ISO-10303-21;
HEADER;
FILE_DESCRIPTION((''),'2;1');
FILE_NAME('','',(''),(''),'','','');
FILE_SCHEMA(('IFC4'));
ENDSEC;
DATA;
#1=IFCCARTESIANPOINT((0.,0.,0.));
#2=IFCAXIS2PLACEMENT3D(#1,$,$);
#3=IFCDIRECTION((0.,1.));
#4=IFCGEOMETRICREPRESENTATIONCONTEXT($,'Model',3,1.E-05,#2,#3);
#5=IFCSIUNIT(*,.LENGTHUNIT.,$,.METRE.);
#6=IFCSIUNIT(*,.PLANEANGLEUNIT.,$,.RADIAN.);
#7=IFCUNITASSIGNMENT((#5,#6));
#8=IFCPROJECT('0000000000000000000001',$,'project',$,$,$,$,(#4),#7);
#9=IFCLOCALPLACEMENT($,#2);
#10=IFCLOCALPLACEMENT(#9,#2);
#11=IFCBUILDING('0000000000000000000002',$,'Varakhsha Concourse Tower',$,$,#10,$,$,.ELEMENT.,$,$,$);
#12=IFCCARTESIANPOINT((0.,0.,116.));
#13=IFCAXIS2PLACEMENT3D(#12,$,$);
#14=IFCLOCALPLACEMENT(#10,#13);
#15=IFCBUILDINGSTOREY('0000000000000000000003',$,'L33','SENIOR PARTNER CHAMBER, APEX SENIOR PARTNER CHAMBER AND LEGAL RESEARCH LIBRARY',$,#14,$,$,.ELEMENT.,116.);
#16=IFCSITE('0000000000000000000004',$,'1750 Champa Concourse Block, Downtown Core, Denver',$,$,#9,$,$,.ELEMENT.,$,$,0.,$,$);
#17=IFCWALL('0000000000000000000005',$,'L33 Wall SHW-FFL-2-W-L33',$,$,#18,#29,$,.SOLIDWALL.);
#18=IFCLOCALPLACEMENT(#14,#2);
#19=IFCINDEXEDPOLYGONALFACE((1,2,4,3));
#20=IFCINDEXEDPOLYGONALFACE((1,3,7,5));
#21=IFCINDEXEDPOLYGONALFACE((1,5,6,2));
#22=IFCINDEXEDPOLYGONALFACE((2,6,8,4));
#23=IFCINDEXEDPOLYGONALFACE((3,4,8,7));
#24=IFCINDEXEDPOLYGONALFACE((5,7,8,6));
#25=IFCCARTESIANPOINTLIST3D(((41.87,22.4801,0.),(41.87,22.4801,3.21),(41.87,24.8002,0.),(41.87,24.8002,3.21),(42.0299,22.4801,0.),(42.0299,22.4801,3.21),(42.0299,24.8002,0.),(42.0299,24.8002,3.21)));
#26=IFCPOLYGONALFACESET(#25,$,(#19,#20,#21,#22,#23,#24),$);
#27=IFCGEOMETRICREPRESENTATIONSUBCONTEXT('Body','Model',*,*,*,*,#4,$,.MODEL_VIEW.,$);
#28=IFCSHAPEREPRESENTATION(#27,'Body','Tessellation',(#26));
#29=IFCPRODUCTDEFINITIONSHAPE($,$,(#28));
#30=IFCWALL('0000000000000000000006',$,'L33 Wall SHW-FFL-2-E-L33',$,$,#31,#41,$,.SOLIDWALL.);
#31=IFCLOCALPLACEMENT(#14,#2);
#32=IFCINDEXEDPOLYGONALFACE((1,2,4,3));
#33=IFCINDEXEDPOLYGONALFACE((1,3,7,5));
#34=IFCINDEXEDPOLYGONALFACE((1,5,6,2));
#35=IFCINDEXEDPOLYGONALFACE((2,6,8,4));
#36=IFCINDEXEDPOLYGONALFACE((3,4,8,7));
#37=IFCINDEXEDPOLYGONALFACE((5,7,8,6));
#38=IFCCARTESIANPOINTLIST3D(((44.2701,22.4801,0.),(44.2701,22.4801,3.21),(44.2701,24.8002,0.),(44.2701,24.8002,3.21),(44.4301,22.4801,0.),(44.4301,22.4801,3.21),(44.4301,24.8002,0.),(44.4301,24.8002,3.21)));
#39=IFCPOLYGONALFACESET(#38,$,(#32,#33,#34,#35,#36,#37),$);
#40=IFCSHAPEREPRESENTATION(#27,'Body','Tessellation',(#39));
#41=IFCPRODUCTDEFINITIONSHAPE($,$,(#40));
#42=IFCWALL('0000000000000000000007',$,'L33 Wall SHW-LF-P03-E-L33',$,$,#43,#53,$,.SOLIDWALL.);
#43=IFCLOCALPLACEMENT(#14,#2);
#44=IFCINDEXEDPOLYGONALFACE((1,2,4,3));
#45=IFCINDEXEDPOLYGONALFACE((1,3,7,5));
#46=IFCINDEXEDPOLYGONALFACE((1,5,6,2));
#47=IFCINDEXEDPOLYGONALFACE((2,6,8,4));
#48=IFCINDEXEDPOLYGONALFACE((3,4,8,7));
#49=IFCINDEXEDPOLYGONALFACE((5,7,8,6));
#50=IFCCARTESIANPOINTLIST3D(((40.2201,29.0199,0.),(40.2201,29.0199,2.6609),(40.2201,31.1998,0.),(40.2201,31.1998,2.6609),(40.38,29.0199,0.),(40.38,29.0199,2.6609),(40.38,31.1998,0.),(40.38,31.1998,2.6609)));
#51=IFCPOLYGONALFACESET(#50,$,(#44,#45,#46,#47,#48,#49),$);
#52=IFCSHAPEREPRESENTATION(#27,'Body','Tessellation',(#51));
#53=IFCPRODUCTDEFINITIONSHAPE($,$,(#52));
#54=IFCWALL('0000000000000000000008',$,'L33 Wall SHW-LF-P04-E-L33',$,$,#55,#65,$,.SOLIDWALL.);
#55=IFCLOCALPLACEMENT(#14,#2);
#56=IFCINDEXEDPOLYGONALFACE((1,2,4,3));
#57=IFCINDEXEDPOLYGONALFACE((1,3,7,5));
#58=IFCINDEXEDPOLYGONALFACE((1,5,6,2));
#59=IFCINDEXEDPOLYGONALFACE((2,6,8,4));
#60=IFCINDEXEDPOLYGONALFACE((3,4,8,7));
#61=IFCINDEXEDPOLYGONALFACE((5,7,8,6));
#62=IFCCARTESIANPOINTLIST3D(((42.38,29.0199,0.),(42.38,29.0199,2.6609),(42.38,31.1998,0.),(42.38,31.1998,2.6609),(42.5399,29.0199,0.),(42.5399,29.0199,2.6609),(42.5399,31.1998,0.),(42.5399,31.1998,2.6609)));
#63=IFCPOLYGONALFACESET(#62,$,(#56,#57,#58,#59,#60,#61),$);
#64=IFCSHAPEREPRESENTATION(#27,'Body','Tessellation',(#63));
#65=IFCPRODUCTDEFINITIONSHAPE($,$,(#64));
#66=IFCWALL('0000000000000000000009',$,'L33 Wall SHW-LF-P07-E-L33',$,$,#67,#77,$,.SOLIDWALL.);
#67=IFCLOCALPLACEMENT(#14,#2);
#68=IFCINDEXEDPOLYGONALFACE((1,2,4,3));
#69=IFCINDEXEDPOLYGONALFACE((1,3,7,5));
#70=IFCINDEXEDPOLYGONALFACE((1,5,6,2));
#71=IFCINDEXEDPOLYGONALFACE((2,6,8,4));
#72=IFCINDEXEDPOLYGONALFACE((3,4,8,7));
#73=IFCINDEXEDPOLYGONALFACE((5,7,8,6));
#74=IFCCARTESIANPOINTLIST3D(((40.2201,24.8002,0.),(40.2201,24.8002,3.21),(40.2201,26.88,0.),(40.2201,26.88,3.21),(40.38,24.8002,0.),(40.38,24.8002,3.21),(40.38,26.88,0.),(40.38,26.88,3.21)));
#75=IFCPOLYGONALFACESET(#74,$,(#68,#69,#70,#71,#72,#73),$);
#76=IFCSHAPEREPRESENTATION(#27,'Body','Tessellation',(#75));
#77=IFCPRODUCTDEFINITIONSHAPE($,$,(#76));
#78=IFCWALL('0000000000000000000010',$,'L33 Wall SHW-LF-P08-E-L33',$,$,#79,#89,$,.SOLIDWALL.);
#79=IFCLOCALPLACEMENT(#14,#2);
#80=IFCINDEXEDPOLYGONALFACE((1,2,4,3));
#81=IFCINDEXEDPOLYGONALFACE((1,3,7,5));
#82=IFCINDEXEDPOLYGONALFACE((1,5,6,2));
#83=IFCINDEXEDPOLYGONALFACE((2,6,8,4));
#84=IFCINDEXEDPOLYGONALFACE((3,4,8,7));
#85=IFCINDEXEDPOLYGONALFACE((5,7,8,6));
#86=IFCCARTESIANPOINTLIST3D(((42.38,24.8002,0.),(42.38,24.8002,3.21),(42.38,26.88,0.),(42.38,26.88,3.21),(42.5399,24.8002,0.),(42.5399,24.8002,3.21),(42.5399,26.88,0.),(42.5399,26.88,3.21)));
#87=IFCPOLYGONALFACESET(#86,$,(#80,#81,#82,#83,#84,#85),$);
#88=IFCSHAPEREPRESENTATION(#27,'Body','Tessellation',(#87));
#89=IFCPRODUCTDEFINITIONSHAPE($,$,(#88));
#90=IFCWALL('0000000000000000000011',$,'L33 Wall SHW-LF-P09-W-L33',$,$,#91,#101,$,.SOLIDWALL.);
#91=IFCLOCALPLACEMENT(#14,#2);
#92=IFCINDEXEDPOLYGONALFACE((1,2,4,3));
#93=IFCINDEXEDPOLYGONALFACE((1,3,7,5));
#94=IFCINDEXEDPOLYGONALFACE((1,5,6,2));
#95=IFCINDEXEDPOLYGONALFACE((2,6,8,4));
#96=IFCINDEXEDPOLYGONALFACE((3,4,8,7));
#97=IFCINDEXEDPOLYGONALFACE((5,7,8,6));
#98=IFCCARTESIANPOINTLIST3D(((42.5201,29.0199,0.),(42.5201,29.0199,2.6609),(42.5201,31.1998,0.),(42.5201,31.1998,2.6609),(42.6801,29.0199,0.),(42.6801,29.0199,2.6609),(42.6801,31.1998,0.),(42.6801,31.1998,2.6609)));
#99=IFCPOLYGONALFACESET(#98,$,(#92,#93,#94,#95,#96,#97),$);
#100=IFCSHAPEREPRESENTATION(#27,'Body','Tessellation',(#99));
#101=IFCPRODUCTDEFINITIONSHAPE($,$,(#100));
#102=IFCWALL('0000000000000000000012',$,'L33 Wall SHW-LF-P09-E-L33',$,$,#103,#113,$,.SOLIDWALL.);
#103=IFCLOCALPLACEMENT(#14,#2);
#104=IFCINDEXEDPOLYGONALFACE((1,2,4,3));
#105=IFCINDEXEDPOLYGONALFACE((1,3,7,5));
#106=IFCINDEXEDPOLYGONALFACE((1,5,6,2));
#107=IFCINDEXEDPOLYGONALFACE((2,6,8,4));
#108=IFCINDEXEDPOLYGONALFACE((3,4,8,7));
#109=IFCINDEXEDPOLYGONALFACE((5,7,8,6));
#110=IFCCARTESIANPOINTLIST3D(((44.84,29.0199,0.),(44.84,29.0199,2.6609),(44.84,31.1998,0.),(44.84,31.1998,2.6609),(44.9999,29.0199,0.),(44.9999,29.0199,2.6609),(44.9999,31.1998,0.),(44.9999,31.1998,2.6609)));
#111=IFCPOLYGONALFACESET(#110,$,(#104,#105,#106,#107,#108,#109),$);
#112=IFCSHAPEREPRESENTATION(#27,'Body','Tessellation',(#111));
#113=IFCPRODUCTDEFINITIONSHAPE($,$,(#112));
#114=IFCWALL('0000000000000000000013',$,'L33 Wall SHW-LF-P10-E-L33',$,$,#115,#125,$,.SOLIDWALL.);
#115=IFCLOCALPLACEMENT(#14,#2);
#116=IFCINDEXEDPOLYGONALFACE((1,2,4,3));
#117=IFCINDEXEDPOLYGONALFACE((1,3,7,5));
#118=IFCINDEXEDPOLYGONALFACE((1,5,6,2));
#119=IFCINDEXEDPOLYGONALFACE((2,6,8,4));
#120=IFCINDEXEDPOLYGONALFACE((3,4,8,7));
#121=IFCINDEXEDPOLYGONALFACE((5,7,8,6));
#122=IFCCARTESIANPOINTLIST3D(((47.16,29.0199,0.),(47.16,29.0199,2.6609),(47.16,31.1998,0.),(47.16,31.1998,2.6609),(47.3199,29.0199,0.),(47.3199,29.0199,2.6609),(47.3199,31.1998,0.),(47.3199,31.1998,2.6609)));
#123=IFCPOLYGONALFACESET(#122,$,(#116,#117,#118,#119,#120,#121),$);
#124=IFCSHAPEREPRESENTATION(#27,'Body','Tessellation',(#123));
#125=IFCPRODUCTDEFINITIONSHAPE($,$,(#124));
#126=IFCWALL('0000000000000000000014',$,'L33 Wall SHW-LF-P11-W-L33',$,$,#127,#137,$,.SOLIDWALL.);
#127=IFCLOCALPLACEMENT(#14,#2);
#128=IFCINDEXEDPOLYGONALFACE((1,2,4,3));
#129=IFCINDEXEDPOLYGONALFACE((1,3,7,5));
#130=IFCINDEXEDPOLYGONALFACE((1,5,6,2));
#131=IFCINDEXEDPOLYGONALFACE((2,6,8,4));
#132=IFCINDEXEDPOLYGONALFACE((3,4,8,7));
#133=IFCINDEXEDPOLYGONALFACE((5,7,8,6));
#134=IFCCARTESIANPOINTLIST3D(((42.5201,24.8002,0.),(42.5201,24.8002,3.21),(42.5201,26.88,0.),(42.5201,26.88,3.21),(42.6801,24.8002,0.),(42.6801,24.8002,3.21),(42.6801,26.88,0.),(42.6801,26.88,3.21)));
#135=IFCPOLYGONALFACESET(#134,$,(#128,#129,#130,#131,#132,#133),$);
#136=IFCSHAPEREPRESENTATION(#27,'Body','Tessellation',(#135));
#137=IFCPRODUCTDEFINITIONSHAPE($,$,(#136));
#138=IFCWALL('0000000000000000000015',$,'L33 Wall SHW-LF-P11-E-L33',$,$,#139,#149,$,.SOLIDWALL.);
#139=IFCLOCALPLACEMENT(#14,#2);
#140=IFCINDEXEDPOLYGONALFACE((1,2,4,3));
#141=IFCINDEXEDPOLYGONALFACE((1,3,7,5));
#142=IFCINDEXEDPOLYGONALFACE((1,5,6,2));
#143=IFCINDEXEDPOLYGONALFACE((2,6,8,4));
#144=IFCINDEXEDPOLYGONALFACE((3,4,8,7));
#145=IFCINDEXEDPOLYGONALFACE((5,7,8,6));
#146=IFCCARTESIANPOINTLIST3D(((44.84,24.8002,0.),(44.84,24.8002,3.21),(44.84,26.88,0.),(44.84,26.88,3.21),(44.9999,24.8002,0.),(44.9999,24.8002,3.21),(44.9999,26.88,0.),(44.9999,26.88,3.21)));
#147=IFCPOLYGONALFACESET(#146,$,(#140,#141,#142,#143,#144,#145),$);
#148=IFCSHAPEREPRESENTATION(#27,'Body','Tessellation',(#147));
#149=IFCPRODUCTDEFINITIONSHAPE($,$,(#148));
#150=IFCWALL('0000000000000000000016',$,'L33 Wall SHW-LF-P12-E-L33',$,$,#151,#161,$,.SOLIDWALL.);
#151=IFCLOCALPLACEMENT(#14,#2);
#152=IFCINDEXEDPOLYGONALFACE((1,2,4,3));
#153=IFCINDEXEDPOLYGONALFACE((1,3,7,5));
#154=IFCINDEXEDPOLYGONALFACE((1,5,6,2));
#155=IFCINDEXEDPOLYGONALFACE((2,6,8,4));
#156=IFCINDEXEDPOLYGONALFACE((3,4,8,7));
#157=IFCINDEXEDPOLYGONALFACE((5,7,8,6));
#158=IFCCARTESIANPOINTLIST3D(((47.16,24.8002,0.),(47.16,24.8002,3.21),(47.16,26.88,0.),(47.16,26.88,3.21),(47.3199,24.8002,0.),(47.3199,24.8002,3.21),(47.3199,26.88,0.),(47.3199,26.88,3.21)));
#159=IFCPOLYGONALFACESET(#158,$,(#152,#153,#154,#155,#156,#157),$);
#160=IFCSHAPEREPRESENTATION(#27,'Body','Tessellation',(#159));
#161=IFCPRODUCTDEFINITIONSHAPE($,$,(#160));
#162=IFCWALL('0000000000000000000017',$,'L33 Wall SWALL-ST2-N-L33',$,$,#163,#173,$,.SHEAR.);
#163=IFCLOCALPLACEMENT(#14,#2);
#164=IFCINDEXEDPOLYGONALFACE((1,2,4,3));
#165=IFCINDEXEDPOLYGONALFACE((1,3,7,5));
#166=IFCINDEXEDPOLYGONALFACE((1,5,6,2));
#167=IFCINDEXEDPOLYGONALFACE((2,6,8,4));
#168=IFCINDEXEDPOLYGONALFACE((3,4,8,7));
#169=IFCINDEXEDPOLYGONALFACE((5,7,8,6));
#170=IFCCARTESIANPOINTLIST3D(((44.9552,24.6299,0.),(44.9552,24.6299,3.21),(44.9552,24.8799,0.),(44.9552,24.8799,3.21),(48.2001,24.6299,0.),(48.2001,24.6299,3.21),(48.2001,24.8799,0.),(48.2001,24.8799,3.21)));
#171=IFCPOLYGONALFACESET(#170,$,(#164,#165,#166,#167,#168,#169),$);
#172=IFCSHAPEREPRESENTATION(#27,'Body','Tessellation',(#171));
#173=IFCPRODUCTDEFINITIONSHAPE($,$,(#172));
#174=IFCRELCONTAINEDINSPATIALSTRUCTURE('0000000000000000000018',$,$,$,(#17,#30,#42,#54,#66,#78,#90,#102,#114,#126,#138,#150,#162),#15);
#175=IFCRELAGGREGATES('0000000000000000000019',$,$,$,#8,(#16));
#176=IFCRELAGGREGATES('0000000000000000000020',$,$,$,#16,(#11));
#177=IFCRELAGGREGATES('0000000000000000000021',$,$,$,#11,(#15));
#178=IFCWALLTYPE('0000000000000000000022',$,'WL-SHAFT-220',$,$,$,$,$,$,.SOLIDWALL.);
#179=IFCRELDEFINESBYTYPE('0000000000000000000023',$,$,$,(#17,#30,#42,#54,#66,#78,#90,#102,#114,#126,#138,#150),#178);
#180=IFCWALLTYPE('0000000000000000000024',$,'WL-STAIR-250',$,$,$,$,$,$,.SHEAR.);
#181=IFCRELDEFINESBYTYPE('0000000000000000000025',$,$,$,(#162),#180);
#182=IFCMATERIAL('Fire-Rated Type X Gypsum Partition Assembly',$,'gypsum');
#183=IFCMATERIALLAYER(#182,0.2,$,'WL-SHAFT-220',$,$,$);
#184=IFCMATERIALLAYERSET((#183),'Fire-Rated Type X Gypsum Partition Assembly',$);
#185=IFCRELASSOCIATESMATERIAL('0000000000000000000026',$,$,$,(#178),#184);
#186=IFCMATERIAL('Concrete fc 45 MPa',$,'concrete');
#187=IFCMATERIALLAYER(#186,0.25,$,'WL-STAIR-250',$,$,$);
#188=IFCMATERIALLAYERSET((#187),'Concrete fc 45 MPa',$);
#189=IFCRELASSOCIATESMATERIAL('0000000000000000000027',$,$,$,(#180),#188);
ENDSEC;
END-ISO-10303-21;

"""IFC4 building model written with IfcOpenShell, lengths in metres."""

from ifc_helpers import new_model, si_unit, direction, frame, frame_2d, origin, place, context, subcontext, project, spatial, rectangle, extrude, material, layer, layer_set, type_object, element, save


model = new_model("IFC4")

# Units and contexts
model_context = context("Model", 3, precision=1e-05, world=origin(), true_north=direction((0.0, 1.0)))
body_context = subcontext(model_context, "Body", "Model", "MODEL_VIEW")
ifc_project = project(units=[si_unit("LENGTHUNIT", "METRE"), si_unit("PLANEANGLEUNIT", "RADIAN")], contexts=[model_context])

# Site, building, storey
site_placement = place(None, origin())
site = spatial("IfcSite", under=ifc_project, at=site_placement, Name="1750 Champa Concourse Block, Downtown Core, Denver", CompositionType="ELEMENT", RefElevation=0.0)
building_placement = place(site_placement, origin())
building = spatial("IfcBuilding", under=site, at=building_placement, Name="Varakhsha Concourse Tower", CompositionType="ELEMENT")
storey_placement = place(building_placement, frame((0.0, 0.0, 116.0)))
storey = spatial("IfcBuildingStorey", under=building, at=storey_placement, Name="L33", Description="SENIOR PARTNER CHAMBER, APEX SENIOR PARTNER CHAMBER AND LEGAL RESEARCH LIBRARY", CompositionType="ELEMENT", Elevation=116.0)

# Shared definitions
ifc_material_1 = material(Name="Fire-Rated Type X Gypsum Partition Assembly", Category="gypsum")

# Walls
ifc_layer_1 = layer(ifc_material_1, 0.2, Name="WL-SHAFT-220")
ifc_layer_set_1 = layer_set([ifc_layer_1], Name="Fire-Rated Type X Gypsum Partition Assembly")
wall_type_1 = type_object("IfcWallType", Name="WL-SHAFT-220", PredefinedType="SOLIDWALL", material=ifc_layer_set_1)
for number, where, z_axis, x_axis, name in (
    (1, (41.95, 22.48, 0.0), (0.0, 0.0, 1.0), (0.0, 1.0, 0.0), "L33 Wall SHW-FFL-2-W-L33"),
    (2, (44.3501, 22.48, 0.0), (0.0, 0.0, 1.0), (0.0, 1.0, 0.0), "L33 Wall SHW-FFL-2-E-L33"),
):
    element("IfcWall", number, at=place(storey_placement, frame(where, z_axis=z_axis, x_axis=x_axis)), inside=storey, type_object=wall_type_1, Name=name, PredefinedType="SOLIDWALL", context=body_context, shape_type="SweptSolid", body=[
        extrude(rectangle(XDim=2.3201, YDim=0.1599, at=frame_2d((1.1602, 0.0))), origin(), (0.0, 0.0, 1.0), 3.21),
    ])
for number, where, z_axis, x_axis, name in (
    (3, (40.3, 29.02, 0.0), (0.0, 0.0, 1.0), (0.0, 1.0, 0.0), "L33 Wall SHW-LF-P03-E-L33"),
    (4, (42.46, 29.02, 0.0), (0.0, 0.0, 1.0), (0.0, 1.0, 0.0), "L33 Wall SHW-LF-P04-E-L33"),
):
    element("IfcWall", number, at=place(storey_placement, frame(where, z_axis=z_axis, x_axis=x_axis)), inside=storey, type_object=wall_type_1, Name=name, PredefinedType="SOLIDWALL", context=body_context, shape_type="SweptSolid", body=[
        extrude(rectangle(XDim=2.1799, YDim=0.1599, at=frame_2d((1.0898, 0.0))), origin(), (0.0, 0.0, 1.0), 2.6609),
    ])
for number, where, z_axis, x_axis, name in (
    (5, (40.3, 24.8, 0.0), (0.0, 0.0, 1.0), (0.0, 1.0, 0.0), "L33 Wall SHW-LF-P07-E-L33"),
    (6, (42.46, 24.8, 0.0), (0.0, 0.0, 1.0), (0.0, 1.0, 0.0), "L33 Wall SHW-LF-P08-E-L33"),
):
    element("IfcWall", number, at=place(storey_placement, frame(where, z_axis=z_axis, x_axis=x_axis)), inside=storey, type_object=wall_type_1, Name=name, PredefinedType="SOLIDWALL", context=body_context, shape_type="SweptSolid", body=[
        extrude(rectangle(XDim=2.0798, YDim=0.1599, at=frame_2d((1.04, 0.0))), origin(), (0.0, 0.0, 1.0), 3.21),
    ])
for number, where, z_axis, x_axis, name in (
    (7, (42.6001, 29.02, 0.0), (0.0, 0.0, 1.0), (0.0, 1.0, 0.0), "L33 Wall SHW-LF-P09-W-L33"),
    (8, (44.9199, 29.02, 0.0), (0.0, 0.0, 1.0), (0.0, 1.0, 0.0), "L33 Wall SHW-LF-P09-E-L33"),
    (9, (47.24, 29.02, 0.0), (0.0, 0.0, 1.0), (0.0, 1.0, 0.0), "L33 Wall SHW-LF-P10-E-L33"),
):
    element("IfcWall", number, at=place(storey_placement, frame(where, z_axis=z_axis, x_axis=x_axis)), inside=storey, type_object=wall_type_1, Name=name, PredefinedType="SOLIDWALL", context=body_context, shape_type="SweptSolid", body=[
        extrude(rectangle(XDim=2.1799, YDim=0.1599, at=frame_2d((1.0898, 0.0))), origin(), (0.0, 0.0, 1.0), 2.6609),
    ])
for number, where, z_axis, x_axis, name in (
    (10, (42.6001, 24.8, 0.0), (0.0, 0.0, 1.0), (0.0, 1.0, 0.0), "L33 Wall SHW-LF-P11-W-L33"),
    (11, (44.9199, 24.8, 0.0), (0.0, 0.0, 1.0), (0.0, 1.0, 0.0), "L33 Wall SHW-LF-P11-E-L33"),
    (12, (47.24, 24.8, 0.0), (0.0, 0.0, 1.0), (0.0, 1.0, 0.0), "L33 Wall SHW-LF-P12-E-L33"),
):
    element("IfcWall", number, at=place(storey_placement, frame(where, z_axis=z_axis, x_axis=x_axis)), inside=storey, type_object=wall_type_1, Name=name, PredefinedType="SOLIDWALL", context=body_context, shape_type="SweptSolid", body=[
        extrude(rectangle(XDim=2.0798, YDim=0.1599, at=frame_2d((1.04, 0.0))), origin(), (0.0, 0.0, 1.0), 3.21),
    ])
ifc_material_2 = material(Name="Concrete fc 45 MPa", Category="concrete")
ifc_layer_2 = layer(ifc_material_2, 0.25, Name="WL-STAIR-250")
ifc_layer_set_2 = layer_set([ifc_layer_2], Name="Concrete fc 45 MPa")
wall_type_2 = type_object("IfcWallType", Name="WL-STAIR-250", PredefinedType="SHEAR", material=ifc_layer_set_2)
wall_1_placement = place(storey_placement, frame((44.9551, 24.7549, 0.0), z_axis=(0.0, 0.0, 1.0), x_axis=(1.0, 0.0, 0.0)))
element("IfcWall", 13, at=wall_1_placement, inside=storey, type_object=wall_type_2, Name="L33 Wall SWALL-ST2-N-L33", PredefinedType="SHEAR", context=body_context, shape_type="SweptSolid", body=[
    extrude(rectangle(XDim=3.2449, YDim=0.25, at=frame_2d((1.6226, 0.0))), origin(), (0.0, 0.0, 1.0), 3.21),
])

save(model, "model.ifc")
